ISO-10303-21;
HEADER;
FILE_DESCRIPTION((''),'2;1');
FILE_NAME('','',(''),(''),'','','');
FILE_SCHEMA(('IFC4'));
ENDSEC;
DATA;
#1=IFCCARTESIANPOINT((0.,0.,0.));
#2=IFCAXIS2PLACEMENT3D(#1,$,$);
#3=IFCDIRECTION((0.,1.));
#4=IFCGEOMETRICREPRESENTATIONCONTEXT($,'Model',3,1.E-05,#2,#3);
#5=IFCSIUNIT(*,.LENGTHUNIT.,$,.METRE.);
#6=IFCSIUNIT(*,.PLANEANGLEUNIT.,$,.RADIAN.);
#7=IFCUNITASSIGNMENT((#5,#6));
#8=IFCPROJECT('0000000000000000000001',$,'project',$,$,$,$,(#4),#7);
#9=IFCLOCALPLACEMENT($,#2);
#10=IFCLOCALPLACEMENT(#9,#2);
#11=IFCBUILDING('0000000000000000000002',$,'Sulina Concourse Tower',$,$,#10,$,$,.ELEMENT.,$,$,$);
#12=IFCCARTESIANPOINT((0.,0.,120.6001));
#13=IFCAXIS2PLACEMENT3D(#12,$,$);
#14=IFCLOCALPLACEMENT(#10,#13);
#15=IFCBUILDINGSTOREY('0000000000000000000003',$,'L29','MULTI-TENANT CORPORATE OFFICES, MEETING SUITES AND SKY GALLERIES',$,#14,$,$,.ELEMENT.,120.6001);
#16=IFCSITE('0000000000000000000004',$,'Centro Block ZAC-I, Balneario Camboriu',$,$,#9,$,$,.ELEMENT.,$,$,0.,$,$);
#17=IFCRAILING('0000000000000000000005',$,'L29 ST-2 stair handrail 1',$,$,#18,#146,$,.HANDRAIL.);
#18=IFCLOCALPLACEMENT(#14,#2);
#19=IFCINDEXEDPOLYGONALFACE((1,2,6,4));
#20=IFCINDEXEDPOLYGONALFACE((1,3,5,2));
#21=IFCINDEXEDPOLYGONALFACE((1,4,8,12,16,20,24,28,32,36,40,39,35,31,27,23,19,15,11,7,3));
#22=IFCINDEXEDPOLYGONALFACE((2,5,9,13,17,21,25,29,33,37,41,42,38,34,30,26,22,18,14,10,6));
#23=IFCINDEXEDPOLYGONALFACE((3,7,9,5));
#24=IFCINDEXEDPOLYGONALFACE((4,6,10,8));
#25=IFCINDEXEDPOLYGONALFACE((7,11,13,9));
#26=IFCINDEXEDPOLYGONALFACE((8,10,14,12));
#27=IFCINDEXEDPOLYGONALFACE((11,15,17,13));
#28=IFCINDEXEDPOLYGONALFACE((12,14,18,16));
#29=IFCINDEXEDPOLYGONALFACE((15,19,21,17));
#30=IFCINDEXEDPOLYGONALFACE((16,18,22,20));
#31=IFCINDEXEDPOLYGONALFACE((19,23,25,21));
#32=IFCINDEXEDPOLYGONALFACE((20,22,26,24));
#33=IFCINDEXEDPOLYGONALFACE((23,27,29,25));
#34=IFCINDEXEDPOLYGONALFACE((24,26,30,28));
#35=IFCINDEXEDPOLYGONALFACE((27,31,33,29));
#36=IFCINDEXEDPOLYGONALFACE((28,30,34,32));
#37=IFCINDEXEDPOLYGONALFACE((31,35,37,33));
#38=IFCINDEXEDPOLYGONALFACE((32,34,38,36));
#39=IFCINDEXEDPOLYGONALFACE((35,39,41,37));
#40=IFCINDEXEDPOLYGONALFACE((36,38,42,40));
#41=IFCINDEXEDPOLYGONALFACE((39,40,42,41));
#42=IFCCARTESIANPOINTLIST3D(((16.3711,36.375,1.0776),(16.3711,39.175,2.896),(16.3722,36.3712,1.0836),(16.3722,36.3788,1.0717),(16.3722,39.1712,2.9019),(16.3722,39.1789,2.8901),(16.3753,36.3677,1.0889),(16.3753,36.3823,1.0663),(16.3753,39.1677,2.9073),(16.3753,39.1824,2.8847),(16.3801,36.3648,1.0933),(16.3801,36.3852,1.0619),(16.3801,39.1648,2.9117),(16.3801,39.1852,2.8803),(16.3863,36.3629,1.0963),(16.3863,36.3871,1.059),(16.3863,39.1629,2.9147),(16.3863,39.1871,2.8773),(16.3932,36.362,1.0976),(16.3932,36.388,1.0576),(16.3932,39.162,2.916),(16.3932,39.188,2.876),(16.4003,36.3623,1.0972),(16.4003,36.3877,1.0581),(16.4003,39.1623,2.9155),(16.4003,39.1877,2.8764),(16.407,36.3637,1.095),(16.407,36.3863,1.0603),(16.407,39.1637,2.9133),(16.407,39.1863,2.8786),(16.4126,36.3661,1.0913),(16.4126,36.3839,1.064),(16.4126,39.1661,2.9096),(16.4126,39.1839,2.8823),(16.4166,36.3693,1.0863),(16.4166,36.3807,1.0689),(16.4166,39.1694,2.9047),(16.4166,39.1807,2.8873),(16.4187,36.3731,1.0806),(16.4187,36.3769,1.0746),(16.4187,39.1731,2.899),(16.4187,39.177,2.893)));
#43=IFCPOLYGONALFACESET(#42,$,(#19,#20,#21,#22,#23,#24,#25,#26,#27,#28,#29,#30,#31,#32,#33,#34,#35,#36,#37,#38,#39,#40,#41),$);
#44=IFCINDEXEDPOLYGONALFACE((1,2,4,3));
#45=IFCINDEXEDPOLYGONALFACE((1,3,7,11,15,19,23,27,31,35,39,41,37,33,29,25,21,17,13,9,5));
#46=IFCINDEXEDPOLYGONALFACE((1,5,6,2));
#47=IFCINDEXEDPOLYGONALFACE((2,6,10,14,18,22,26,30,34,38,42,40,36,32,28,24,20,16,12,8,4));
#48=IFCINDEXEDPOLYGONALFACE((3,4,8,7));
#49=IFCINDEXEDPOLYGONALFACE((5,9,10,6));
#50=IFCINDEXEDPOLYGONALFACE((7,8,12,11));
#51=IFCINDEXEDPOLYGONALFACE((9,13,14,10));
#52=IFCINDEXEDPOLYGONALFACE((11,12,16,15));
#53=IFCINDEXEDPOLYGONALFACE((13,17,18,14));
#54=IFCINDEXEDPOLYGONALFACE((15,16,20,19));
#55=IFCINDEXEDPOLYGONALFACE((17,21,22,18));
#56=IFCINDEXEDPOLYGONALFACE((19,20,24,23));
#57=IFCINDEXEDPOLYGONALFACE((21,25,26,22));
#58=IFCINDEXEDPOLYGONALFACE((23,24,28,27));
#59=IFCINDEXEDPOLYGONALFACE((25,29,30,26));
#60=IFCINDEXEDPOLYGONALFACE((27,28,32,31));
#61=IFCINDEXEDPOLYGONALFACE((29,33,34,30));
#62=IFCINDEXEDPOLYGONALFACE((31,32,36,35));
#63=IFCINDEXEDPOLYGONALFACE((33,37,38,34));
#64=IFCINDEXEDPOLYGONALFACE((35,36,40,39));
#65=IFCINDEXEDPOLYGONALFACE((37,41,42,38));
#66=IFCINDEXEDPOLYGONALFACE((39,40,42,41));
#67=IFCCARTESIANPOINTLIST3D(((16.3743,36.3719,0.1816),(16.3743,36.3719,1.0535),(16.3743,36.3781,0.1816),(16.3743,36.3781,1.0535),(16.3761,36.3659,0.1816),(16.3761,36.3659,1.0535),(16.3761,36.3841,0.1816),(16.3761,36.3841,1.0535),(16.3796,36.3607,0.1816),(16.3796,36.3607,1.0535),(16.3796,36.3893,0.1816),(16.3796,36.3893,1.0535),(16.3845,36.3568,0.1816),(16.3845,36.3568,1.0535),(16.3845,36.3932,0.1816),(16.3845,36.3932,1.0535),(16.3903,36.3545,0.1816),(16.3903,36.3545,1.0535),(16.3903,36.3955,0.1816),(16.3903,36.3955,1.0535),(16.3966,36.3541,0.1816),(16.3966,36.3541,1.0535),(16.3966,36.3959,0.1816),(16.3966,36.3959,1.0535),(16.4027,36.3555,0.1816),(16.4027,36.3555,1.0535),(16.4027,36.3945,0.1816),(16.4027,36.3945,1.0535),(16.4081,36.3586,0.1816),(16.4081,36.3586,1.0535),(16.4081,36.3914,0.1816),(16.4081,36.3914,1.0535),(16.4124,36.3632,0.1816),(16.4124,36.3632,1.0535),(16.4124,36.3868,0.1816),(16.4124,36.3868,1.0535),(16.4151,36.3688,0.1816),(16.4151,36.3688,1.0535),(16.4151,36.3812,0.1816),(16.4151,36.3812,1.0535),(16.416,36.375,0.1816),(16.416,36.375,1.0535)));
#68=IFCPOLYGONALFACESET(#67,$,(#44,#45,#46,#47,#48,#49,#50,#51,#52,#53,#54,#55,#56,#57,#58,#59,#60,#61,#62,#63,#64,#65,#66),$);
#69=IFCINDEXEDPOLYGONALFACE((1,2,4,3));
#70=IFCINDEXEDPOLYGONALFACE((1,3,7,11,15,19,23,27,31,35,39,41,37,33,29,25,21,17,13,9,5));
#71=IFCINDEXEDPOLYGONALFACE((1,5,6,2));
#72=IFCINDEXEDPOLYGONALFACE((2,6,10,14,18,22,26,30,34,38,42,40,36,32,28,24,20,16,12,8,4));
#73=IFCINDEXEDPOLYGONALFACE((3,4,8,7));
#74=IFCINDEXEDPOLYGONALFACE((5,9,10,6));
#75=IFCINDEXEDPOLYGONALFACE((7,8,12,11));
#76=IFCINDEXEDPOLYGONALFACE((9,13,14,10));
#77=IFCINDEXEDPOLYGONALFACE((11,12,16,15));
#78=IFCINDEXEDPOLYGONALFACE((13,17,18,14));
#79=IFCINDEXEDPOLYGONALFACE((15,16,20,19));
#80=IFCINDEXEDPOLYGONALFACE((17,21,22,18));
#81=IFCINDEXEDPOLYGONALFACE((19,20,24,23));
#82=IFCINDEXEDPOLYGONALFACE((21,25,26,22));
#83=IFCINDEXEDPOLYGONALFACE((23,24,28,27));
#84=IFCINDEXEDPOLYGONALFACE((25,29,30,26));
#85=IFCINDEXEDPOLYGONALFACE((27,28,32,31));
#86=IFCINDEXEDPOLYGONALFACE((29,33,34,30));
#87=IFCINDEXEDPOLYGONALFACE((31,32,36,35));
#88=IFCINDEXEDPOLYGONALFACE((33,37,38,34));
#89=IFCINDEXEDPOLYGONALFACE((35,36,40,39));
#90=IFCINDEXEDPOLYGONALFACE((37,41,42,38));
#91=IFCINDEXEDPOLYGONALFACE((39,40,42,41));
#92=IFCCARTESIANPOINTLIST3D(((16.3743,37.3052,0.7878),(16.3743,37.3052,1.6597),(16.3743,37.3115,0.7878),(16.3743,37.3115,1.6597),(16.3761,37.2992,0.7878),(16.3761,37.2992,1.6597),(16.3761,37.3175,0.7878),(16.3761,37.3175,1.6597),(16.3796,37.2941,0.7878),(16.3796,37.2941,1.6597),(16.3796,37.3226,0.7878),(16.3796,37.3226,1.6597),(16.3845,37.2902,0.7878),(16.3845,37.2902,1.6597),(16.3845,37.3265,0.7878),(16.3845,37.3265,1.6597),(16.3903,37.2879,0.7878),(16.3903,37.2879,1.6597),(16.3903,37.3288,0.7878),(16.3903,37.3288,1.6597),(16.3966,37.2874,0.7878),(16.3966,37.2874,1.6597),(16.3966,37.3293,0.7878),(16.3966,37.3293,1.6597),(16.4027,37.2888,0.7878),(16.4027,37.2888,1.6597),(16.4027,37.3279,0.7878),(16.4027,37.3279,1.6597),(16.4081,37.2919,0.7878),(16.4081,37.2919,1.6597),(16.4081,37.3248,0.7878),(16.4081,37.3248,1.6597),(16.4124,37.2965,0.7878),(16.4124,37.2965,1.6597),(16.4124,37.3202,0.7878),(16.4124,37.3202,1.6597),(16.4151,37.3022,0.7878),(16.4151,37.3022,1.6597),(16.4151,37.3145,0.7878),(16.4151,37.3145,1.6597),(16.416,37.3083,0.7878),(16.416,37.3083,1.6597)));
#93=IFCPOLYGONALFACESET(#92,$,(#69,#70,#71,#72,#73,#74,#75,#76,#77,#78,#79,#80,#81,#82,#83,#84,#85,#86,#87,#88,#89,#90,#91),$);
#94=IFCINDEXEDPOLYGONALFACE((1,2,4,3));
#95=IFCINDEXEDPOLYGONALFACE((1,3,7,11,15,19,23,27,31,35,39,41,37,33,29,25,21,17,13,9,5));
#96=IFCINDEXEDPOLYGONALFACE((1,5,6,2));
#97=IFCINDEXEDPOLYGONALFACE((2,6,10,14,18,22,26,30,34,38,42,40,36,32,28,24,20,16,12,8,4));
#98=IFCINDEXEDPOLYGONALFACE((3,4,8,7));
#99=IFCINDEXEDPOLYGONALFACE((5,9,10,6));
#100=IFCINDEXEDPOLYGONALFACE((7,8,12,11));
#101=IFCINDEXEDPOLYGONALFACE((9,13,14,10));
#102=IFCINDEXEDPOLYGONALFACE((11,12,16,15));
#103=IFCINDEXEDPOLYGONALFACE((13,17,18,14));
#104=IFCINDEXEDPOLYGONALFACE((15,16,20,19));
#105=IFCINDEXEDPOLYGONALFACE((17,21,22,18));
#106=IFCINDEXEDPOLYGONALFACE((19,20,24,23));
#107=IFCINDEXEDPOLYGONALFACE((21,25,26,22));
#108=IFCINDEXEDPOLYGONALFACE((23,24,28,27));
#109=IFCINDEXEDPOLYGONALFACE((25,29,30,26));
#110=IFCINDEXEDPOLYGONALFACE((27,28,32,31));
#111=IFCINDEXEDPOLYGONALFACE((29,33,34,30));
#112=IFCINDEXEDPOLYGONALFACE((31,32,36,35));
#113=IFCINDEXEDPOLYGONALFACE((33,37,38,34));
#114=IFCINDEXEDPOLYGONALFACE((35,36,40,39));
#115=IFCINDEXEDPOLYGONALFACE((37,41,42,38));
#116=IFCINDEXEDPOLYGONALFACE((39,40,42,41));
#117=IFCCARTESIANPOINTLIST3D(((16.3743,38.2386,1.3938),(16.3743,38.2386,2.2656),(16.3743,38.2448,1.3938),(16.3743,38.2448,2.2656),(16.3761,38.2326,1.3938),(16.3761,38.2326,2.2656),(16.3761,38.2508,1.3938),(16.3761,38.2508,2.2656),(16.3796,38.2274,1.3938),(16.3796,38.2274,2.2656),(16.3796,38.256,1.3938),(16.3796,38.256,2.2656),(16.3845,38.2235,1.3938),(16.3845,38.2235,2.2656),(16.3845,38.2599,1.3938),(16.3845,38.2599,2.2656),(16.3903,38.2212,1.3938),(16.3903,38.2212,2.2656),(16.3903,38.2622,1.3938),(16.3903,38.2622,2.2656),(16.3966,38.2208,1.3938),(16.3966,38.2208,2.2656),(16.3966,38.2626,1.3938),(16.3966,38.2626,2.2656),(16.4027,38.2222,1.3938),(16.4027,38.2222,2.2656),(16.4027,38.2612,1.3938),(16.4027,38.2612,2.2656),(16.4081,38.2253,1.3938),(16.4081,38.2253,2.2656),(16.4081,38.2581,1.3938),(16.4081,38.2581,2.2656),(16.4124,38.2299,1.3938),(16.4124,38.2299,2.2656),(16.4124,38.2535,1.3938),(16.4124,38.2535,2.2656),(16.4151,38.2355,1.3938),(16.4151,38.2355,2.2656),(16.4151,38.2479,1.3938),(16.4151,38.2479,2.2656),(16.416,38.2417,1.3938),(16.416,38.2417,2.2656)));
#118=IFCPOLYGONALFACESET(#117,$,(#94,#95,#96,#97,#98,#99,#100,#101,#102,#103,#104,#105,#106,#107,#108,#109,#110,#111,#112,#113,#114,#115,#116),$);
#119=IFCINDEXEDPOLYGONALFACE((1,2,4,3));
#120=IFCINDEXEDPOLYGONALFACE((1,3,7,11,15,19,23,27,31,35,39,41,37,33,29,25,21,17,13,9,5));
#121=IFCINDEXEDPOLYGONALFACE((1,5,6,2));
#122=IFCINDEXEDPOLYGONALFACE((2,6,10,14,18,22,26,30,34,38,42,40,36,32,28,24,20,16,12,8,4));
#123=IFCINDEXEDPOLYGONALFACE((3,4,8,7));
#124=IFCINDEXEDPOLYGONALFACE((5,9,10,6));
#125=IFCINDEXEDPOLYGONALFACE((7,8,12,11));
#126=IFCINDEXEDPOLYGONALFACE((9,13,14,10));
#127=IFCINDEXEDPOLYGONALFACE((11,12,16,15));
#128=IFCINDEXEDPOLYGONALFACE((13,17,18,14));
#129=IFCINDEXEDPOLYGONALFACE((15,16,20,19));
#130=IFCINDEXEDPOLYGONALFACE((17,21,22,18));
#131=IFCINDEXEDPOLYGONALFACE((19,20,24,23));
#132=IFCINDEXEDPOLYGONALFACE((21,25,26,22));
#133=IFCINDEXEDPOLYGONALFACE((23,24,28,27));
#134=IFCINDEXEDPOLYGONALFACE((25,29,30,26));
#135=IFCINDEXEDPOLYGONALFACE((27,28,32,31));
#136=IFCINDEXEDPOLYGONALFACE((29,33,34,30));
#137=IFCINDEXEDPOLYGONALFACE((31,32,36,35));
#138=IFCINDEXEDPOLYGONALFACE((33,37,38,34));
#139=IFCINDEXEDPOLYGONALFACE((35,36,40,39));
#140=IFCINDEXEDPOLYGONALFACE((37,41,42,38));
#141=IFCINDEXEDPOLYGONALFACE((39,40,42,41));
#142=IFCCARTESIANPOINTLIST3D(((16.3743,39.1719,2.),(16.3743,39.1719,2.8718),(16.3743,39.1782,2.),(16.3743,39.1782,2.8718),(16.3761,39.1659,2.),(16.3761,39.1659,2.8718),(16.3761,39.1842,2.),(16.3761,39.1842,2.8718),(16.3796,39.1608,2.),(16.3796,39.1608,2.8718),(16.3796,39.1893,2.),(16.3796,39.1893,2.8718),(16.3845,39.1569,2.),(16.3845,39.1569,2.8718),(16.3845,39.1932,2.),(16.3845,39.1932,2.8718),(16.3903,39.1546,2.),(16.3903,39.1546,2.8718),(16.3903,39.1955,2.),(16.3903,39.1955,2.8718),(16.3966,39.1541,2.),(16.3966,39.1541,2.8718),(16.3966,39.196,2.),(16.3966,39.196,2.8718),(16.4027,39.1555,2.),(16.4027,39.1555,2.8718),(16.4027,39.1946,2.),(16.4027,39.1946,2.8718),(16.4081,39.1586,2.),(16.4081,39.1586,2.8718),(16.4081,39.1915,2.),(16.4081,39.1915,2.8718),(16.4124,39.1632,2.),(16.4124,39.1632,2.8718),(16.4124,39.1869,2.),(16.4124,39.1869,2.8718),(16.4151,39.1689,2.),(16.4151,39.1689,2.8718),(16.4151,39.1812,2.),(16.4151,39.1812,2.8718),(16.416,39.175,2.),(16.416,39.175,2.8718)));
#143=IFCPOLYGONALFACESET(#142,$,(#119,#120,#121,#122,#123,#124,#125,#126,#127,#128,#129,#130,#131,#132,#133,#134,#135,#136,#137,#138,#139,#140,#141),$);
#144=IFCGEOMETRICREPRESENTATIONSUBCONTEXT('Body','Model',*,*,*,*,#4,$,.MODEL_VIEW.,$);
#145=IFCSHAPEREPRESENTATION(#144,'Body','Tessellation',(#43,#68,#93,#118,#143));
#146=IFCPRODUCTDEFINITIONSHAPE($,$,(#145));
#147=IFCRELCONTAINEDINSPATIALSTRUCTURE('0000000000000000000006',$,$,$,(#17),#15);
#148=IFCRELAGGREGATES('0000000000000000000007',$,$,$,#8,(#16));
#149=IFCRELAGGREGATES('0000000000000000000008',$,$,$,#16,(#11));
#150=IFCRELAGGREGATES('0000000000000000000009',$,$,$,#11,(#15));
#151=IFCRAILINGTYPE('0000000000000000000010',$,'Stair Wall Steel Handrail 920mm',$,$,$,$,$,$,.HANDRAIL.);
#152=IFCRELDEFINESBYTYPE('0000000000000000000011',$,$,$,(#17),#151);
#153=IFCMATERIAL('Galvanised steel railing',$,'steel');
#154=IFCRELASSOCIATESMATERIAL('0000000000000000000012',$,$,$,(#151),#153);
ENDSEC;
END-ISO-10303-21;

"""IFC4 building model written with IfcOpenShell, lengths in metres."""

from ifc_helpers import new_model, si_unit, direction, frame, origin, origin_2d, place, context, subcontext, project, spatial, circle, extrude, material, type_object, element, save


model = new_model("IFC4")

# Units and contexts
model_context = context("Model", 3, precision=1e-05, world=origin(), true_north=direction((0.0, 1.0)))
body_context = subcontext(model_context, "Body", "Model", "MODEL_VIEW")
ifc_project = project(units=[si_unit("LENGTHUNIT", "METRE"), si_unit("PLANEANGLEUNIT", "RADIAN")], contexts=[model_context])

# Site, building, storey
site_placement = place(None, origin())
site = spatial("IfcSite", under=ifc_project, at=site_placement, Name="Centro Block ZAC-I, Balneario Camboriu", CompositionType="ELEMENT", RefElevation=0.0)
building_placement = place(site_placement, origin())
building = spatial("IfcBuilding", under=site, at=building_placement, Name="Sulina Concourse Tower", CompositionType="ELEMENT")
storey_placement = place(building_placement, frame((0.0, 0.0, 120.6001)))
storey = spatial("IfcBuildingStorey", under=building, at=storey_placement, Name="L29", Description="MULTI-TENANT CORPORATE OFFICES, MEETING SUITES AND SKY GALLERIES", CompositionType="ELEMENT", Elevation=120.6001)

# Railing
ifc_material_1 = material(Name="Galvanised steel railing", Category="steel")
railing_type_1 = type_object("IfcRailingType", Name="Stair Wall Steel Handrail 920mm", PredefinedType="HANDRAIL", material=ifc_material_1)
railing_1_placement = place(storey_placement, frame((16.395, 36.375, 0.1816)))
element("IfcRailing", 1, at=railing_1_placement, inside=storey, type_object=railing_type_1, Name="L29 ST-2 stair handrail 1", PredefinedType="HANDRAIL", context=body_context, shape_type="SweptSolid", body=[
    extrude(circle(Radius=0.0239, at=origin_2d()), frame((0.0, 0.0, 0.896), z_axis=(0.0, 0.838672, 0.544636), x_axis=(-1.0, 0.0, 0.0)), (0.0, 0.0, 1.0), 3.3386),
    extrude(circle(Radius=0.021, at=origin_2d()), origin(), (0.0, 0.0, 1.0), 0.8718),
    extrude(circle(Radius=0.021, at=origin_2d()), frame((0.0, 0.9333, 0.6062)), (0.0, 0.0, 1.0), 0.8718),
    extrude(circle(Radius=0.021, at=origin_2d()), frame((0.0, 1.8667, 1.2122)), (0.0, 0.0, 1.0), 0.8718),
    extrude(circle(Radius=0.021, at=origin_2d()), frame((0.0, 2.8, 1.8184)), (0.0, 0.0, 1.0), 0.8718),
])

save(model, "model.ifc")
